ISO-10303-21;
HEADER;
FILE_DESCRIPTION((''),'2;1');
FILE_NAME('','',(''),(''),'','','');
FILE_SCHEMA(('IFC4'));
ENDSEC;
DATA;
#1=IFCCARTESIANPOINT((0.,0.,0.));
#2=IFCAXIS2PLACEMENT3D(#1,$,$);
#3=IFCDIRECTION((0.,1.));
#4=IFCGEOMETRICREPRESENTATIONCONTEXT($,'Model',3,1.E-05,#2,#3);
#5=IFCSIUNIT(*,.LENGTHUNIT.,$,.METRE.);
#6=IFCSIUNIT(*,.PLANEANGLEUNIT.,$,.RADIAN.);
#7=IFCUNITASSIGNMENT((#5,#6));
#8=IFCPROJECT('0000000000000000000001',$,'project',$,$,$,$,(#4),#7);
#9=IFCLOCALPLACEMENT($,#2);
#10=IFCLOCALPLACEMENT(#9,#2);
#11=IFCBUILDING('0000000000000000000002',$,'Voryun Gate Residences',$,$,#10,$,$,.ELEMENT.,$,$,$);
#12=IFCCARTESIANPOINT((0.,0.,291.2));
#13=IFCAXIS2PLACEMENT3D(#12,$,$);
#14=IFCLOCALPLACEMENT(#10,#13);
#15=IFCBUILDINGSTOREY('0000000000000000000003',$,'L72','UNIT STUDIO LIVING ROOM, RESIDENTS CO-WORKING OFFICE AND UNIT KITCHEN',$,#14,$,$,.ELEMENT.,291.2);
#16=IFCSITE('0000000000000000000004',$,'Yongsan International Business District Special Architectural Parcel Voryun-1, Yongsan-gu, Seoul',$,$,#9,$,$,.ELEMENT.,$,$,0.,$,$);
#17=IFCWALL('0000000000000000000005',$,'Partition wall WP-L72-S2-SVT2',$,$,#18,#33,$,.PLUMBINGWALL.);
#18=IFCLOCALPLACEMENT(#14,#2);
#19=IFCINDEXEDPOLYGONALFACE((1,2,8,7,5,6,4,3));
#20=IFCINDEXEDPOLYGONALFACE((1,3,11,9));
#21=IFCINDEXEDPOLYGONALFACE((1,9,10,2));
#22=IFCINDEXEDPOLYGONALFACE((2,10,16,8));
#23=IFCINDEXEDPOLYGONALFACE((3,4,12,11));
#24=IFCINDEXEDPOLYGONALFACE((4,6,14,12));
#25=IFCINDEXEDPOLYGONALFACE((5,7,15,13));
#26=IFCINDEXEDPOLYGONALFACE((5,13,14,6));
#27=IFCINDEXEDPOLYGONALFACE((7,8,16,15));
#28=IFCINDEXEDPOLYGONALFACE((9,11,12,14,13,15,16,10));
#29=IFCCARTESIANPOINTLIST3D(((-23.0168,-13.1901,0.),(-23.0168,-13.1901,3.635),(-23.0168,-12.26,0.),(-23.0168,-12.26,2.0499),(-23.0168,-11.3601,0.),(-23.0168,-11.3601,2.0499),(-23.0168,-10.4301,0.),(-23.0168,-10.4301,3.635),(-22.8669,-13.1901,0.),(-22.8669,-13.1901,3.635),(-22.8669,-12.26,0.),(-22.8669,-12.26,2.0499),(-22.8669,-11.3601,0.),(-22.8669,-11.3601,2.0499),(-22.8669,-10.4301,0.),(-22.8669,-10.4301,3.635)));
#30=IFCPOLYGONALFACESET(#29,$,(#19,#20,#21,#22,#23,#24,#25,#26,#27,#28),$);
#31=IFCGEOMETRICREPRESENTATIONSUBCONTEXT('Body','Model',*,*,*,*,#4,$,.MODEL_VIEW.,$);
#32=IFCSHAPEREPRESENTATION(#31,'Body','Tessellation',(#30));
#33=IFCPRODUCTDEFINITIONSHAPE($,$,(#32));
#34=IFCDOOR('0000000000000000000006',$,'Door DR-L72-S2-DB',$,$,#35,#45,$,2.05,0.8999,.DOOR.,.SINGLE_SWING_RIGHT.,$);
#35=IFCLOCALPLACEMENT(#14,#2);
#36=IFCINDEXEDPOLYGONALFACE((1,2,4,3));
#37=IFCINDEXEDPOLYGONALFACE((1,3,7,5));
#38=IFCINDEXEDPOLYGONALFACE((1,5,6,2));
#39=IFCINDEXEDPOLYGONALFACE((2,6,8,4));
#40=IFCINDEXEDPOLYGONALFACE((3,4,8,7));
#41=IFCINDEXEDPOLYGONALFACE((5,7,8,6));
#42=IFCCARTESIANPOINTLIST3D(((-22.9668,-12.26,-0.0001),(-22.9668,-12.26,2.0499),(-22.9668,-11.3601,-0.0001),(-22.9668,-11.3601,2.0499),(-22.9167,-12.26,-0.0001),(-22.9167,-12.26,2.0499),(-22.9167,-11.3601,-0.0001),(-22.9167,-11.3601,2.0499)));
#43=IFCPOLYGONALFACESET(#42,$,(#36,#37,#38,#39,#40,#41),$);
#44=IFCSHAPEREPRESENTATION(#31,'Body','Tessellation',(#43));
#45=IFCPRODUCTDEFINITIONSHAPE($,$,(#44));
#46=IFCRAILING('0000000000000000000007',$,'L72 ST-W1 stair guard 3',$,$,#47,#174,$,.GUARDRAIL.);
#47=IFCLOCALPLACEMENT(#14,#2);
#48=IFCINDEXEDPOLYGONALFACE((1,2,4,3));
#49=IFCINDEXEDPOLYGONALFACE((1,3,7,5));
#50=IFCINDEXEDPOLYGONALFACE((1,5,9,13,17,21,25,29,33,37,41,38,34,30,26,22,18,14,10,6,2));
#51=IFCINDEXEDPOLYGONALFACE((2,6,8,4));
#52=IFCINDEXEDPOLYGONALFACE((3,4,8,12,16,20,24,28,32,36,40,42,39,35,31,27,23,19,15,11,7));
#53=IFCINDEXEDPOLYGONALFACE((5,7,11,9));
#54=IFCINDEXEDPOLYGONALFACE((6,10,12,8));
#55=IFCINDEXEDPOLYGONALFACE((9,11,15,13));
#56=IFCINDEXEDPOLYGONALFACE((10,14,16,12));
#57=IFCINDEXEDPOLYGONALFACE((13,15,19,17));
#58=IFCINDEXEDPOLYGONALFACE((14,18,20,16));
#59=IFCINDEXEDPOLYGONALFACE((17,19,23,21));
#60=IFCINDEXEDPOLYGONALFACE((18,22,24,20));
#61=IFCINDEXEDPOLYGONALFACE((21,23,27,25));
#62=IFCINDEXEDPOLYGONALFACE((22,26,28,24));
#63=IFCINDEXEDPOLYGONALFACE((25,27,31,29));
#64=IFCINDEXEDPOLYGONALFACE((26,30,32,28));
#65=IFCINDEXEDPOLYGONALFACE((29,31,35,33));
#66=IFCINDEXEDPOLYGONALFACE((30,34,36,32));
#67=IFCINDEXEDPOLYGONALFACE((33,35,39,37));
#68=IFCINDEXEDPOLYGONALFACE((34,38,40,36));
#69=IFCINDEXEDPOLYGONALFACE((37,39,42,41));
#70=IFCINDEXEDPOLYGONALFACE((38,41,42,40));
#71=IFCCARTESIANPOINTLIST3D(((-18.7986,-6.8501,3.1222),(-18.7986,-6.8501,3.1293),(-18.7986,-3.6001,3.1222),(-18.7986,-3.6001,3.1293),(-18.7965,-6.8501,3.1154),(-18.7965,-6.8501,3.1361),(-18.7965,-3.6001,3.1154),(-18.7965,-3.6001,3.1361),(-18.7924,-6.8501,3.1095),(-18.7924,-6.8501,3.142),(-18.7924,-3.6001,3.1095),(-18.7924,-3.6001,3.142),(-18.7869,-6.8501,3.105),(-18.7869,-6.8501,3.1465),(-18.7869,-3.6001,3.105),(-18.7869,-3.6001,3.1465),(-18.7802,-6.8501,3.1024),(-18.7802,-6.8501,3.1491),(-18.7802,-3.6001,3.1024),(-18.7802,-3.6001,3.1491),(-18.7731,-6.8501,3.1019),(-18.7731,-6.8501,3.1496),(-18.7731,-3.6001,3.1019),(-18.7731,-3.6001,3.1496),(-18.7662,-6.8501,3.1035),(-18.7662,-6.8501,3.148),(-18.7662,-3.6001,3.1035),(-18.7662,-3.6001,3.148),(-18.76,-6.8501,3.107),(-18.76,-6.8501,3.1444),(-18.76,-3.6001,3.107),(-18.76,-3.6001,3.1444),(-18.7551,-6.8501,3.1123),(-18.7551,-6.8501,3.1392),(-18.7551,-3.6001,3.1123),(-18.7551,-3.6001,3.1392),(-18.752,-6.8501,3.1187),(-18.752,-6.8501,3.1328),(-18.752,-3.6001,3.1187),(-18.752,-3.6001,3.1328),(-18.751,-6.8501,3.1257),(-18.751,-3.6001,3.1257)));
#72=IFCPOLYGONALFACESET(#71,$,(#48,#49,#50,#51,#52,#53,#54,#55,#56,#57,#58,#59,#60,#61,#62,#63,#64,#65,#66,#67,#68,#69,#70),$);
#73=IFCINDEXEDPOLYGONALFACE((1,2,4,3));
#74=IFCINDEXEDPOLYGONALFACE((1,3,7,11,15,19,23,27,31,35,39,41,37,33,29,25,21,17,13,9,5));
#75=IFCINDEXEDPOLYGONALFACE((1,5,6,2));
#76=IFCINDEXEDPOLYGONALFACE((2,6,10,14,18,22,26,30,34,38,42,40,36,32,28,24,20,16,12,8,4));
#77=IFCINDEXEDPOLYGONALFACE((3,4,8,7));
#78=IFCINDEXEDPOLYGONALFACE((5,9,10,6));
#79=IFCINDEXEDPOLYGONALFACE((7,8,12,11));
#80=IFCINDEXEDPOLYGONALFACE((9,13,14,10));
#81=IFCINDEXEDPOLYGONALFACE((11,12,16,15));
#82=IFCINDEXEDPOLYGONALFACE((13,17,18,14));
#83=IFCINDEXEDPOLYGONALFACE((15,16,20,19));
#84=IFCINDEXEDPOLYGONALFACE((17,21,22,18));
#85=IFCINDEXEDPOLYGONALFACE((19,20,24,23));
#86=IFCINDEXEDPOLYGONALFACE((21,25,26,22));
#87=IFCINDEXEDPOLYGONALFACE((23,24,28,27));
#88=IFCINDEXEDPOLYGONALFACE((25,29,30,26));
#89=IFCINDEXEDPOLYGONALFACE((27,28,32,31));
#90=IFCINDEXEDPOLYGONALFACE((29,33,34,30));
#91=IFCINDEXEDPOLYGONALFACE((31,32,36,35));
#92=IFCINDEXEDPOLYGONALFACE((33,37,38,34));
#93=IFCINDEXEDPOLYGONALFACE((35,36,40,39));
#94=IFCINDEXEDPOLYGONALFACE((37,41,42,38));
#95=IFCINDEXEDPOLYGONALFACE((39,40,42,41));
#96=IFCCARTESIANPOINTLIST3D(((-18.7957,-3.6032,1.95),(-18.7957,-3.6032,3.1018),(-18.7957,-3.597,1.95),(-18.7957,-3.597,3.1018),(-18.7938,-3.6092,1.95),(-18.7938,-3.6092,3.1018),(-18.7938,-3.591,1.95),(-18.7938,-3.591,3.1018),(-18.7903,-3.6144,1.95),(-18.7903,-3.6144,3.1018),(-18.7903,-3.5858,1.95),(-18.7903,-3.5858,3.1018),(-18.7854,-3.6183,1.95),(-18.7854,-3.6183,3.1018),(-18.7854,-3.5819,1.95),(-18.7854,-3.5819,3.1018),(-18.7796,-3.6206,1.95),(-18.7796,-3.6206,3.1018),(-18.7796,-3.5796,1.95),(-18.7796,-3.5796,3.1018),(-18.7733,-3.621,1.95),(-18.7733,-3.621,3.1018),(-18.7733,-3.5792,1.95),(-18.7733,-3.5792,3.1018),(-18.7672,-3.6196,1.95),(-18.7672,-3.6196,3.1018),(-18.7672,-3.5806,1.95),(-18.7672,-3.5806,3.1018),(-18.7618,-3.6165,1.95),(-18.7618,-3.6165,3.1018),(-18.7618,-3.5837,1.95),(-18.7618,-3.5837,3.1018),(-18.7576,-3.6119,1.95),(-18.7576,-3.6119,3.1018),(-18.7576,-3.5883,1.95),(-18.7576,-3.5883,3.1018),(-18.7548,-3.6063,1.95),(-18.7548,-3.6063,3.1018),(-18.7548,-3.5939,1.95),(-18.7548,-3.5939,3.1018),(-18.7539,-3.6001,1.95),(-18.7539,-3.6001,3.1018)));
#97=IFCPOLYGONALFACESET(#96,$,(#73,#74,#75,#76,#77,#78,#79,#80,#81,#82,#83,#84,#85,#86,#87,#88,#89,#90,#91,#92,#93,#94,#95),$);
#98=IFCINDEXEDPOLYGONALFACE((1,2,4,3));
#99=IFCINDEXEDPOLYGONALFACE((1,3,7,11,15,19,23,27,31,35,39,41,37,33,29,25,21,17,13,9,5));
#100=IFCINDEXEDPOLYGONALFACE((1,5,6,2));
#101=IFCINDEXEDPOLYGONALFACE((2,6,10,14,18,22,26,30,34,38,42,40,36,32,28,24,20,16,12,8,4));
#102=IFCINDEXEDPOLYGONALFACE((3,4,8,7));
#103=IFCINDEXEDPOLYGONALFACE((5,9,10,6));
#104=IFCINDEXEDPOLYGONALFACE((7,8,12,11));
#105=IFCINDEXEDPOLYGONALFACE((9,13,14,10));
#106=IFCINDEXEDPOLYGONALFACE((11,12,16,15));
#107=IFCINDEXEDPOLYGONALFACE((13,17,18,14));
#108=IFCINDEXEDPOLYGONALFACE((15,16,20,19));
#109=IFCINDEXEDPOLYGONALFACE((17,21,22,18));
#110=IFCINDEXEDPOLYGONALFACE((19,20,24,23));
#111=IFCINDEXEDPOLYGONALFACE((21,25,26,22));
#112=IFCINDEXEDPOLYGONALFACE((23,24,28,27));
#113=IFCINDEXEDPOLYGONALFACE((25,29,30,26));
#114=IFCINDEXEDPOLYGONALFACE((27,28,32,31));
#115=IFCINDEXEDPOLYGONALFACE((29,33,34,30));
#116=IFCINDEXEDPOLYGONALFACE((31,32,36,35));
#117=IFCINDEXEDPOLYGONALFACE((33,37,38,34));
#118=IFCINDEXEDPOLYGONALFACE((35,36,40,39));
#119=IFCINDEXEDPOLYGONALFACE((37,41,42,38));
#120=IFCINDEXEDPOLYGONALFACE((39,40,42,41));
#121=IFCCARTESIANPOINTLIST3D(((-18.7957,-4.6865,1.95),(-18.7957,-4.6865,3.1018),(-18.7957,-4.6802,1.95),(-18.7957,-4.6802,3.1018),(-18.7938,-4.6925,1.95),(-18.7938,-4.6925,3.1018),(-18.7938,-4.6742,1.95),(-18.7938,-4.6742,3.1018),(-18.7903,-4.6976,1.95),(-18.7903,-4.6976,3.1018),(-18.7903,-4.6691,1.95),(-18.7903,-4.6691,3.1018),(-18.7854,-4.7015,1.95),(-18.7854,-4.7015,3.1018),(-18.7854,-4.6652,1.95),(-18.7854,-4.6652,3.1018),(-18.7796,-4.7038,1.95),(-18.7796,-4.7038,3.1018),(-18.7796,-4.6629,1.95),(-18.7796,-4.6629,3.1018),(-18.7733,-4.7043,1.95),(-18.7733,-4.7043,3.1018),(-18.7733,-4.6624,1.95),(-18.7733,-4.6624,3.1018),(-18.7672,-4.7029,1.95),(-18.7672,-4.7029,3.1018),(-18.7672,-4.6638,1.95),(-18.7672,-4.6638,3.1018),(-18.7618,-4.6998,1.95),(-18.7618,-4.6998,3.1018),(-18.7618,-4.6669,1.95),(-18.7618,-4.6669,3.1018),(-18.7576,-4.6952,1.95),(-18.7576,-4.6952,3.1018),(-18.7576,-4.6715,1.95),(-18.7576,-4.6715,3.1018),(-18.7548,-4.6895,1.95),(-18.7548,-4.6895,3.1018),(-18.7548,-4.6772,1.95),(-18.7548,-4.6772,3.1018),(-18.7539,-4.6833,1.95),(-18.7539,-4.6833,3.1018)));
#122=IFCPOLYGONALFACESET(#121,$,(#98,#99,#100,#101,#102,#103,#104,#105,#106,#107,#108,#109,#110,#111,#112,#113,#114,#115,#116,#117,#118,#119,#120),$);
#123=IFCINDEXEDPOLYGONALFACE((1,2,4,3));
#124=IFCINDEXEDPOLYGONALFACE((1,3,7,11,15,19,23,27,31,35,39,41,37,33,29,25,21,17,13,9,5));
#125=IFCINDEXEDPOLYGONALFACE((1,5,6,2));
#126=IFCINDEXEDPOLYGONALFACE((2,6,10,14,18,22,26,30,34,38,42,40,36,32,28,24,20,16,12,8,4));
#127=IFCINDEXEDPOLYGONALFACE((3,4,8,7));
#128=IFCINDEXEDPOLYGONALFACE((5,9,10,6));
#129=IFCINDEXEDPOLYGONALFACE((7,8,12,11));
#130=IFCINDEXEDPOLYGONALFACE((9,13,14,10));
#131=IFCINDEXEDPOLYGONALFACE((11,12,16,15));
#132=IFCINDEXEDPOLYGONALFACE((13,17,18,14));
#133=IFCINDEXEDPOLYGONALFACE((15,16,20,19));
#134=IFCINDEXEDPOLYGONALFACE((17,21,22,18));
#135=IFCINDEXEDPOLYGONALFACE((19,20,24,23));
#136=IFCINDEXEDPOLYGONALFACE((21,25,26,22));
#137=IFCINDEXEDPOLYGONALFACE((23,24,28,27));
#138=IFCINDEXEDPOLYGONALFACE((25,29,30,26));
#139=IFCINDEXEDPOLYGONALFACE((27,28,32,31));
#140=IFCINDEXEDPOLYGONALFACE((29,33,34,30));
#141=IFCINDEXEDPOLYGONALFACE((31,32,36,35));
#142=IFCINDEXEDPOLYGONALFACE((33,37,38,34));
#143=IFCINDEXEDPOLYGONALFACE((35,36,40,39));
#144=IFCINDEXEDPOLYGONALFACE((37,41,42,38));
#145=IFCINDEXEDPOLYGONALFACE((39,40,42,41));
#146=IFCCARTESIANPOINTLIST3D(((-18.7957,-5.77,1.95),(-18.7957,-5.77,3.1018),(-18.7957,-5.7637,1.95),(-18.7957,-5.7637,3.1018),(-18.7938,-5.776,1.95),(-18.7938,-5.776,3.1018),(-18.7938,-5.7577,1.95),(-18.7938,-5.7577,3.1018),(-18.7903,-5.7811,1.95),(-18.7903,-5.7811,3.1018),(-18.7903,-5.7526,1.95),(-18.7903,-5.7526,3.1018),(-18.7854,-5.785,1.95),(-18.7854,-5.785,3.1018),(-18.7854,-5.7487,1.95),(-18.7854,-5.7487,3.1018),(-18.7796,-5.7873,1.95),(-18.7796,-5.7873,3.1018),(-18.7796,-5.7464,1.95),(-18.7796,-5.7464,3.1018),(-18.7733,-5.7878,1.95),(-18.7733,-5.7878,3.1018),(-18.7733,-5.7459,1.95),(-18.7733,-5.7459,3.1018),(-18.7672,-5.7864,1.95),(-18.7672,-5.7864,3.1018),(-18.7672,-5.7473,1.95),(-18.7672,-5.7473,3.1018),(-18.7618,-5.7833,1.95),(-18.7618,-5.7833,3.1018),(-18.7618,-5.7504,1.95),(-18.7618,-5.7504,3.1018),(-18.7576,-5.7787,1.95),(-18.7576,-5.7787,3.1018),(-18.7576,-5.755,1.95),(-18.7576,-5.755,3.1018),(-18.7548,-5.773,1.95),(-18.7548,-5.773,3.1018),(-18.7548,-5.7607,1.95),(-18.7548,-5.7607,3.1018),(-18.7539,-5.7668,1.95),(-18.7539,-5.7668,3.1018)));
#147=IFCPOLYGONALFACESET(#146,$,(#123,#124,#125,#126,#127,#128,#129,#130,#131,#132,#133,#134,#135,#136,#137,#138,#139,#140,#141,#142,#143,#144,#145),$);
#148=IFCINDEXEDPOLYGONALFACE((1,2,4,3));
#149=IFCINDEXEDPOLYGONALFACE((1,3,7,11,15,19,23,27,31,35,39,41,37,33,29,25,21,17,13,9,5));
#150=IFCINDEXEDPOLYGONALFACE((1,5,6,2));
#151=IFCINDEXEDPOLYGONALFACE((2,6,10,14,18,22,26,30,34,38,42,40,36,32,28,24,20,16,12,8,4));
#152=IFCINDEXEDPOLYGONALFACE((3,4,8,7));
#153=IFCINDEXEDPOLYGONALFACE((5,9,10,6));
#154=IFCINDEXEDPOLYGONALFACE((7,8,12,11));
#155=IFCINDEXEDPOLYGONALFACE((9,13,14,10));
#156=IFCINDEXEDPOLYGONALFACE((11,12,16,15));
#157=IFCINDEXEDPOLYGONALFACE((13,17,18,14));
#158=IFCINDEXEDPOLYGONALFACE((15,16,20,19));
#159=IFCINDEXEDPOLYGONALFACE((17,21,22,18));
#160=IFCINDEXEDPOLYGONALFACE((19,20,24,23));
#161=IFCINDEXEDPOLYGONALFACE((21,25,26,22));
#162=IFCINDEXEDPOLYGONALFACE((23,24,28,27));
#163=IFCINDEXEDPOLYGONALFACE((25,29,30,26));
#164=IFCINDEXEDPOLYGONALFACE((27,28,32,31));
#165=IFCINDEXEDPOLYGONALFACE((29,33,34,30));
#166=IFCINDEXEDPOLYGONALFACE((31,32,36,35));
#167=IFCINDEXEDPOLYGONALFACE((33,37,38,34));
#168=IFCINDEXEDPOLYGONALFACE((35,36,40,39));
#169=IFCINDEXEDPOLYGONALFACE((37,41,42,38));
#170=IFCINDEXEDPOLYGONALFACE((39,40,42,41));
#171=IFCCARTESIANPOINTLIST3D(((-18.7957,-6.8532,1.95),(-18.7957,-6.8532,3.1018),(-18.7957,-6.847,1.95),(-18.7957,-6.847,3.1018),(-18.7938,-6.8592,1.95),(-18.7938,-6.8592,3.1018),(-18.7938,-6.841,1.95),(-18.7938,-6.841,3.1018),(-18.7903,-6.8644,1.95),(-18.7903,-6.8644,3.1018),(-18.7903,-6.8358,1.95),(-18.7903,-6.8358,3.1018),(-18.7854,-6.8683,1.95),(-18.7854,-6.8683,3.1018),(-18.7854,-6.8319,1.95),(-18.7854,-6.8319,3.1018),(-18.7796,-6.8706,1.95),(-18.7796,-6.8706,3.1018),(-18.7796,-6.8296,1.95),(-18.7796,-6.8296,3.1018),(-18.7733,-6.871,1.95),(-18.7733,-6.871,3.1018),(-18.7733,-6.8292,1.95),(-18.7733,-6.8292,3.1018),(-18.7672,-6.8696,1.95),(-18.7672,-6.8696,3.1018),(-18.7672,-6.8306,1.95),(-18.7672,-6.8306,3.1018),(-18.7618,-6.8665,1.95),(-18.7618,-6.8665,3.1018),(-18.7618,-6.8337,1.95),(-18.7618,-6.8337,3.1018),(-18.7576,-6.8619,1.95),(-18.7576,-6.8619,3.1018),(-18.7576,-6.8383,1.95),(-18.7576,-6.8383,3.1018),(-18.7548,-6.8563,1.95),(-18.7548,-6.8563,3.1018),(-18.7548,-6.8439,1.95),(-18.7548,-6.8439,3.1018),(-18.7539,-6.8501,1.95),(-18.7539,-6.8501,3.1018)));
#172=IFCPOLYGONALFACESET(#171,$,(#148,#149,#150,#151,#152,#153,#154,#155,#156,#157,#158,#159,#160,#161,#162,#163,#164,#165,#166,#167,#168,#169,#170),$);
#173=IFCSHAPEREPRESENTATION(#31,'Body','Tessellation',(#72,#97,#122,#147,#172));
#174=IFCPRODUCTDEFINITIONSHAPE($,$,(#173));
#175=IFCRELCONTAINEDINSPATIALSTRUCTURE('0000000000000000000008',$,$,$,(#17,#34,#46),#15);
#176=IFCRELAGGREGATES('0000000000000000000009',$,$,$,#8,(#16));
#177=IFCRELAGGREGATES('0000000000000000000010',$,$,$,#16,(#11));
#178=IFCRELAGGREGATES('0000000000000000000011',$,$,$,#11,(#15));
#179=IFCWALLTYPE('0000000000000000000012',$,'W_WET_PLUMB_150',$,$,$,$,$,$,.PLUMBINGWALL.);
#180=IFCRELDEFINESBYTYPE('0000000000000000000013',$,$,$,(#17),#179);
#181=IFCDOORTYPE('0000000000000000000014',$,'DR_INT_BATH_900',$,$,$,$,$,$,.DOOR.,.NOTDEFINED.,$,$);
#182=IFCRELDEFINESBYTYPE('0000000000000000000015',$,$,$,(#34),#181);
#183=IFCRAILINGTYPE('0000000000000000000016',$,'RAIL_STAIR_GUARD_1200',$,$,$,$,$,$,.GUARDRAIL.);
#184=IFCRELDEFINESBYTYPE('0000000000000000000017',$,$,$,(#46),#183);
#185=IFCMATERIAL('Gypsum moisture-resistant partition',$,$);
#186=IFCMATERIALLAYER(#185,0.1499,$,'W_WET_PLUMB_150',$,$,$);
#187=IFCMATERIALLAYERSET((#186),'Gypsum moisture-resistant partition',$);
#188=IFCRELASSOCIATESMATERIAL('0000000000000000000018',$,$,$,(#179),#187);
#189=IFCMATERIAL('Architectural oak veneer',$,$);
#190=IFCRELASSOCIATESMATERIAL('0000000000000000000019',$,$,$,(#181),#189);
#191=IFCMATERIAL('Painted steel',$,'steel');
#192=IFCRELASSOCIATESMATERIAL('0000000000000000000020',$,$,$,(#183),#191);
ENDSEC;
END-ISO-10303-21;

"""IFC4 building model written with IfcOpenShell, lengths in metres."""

from ifc_helpers import new_model, si_unit, direction, frame, frame_2d, origin, origin_2d, place, context, subcontext, project, spatial, rectangle, circle, extrude, material, layer, layer_set, type_object, element, fill, save


model = new_model("IFC4")

# Units and contexts
model_context = context("Model", 3, precision=1e-05, world=origin(), true_north=direction((0.0, 1.0)))
body_context = subcontext(model_context, "Body", "Model", "MODEL_VIEW")
ifc_project = project(units=[si_unit("LENGTHUNIT", "METRE"), si_unit("PLANEANGLEUNIT", "RADIAN")], contexts=[model_context])

# Site, building, storey
site_placement = place(None, origin())
site = spatial("IfcSite", under=ifc_project, at=site_placement, Name="Yongsan International Business District Special Architectural Parcel Voryun-1, Yongsan-gu, Seoul", CompositionType="ELEMENT", RefElevation=0.0)
building_placement = place(site_placement, origin())
building = spatial("IfcBuilding", under=site, at=building_placement, Name="Voryun Gate Residences", CompositionType="ELEMENT")
storey_placement = place(building_placement, frame((0.0, 0.0, 291.2)))
storey = spatial("IfcBuildingStorey", under=building, at=storey_placement, Name="L72", Description="UNIT STUDIO LIVING ROOM, RESIDENTS CO-WORKING OFFICE AND UNIT KITCHEN", CompositionType="ELEMENT", Elevation=291.2)

# Shared definitions
ifc_material_1 = material(Name="Gypsum moisture-resistant partition")
ifc_layer_1 = layer(ifc_material_1, 0.1499, Name="W_WET_PLUMB_150")
ifc_layer_set_1 = layer_set([ifc_layer_1], Name="Gypsum moisture-resistant partition")
wall_type_1 = type_object("IfcWallType", Name="W_WET_PLUMB_150", PredefinedType="PLUMBINGWALL", material=ifc_layer_set_1)
ifc_material_2 = material(Name="Architectural oak veneer")
door_type = type_object("IfcDoorType", Name="DR_INT_BATH_900", OperationType="NOTDEFINED", PredefinedType="DOOR", material=ifc_material_2)

# Wall, opening, door
wall_1_placement = place(storey_placement, frame((-22.9419, -13.1899, 0.0), z_axis=(0.0, 0.0, 1.0), x_axis=(0.0, 1.0, 0.0)))
wall_1 = element("IfcWall", 1, at=wall_1_placement, inside=storey, type_object=wall_type_1, Name="Partition wall WP-L72-S2-SVT2", PredefinedType="PLUMBINGWALL", context=body_context, shape_type="SweptSolid", body=[
    extrude(rectangle(XDim=2.76, YDim=0.1499, at=frame_2d((1.3799, 0.0))), origin(), (0.0, 0.0, 1.0), 3.635),
])
opening_1_placement = place(wall_1_placement, frame((0.9299, 0.0, 0.0)))
opening_1 = element("IfcOpeningElement", 2, at=opening_1_placement, cuts=wall_1, PredefinedType="OPENING", context=body_context, shape_type="SweptSolid", body=[
    extrude(rectangle(XDim=0.8999, YDim=2.05, at=frame_2d((0.45, 1.0249))), frame((0.0, 0.085, 0.0), z_axis=(0.0, -1.0, 0.0), x_axis=(1.0, 0.0, 0.0)), (0.0, 0.0, 1.0), 0.1699),
])
door_1_placement = place(opening_1_placement, origin())
door_1 = element("IfcDoor", 3, at=door_1_placement, inside=storey, type_object=door_type, Name="Door DR-L72-S2-DB", OperationType="SINGLE_SWING_RIGHT", OverallHeight=2.05, OverallWidth=0.8999, PredefinedType="DOOR", context=body_context, shape_type="SweptSolid", body=[
    extrude(rectangle(XDim=0.8999, YDim=2.05, at=frame_2d((0.45, 1.0249))), frame((0.0, 0.0249, 0.0), z_axis=(0.0, -1.0, 0.0), x_axis=(1.0, 0.0, 0.0)), (0.0, 0.0, 1.0), 0.05),
])
fill(opening_1, door_1)

# Railing
ifc_material_3 = material(Name="Painted steel", Category="steel")
railing_type = type_object("IfcRailingType", Name="RAIL_STAIR_GUARD_1200", PredefinedType="GUARDRAIL", material=ifc_material_3)
railing_1_placement = place(storey_placement, frame((-18.7749, -3.6001, 1.95)))
element("IfcRailing", 4, at=railing_1_placement, inside=storey, type_object=railing_type, Name="L72 ST-W1 stair guard 3", PredefinedType="GUARDRAIL", context=body_context, shape_type="SweptSolid", body=[
    extrude(circle(Radius=0.0239, at=origin_2d()), frame((0.0, 0.0, 1.1758), z_axis=(0.0, -1.0, 0.0), x_axis=(1.0, 0.0, 0.0)), (0.0, 0.0, 1.0), 3.25),
    extrude(circle(Radius=0.021, at=origin_2d()), origin(), (0.0, 0.0, 1.0), 1.1519),
    extrude(circle(Radius=0.021, at=origin_2d()), frame((0.0, -1.0833, 0.0)), (0.0, 0.0, 1.0), 1.1519),
    extrude(circle(Radius=0.021, at=origin_2d()), frame((0.0, -2.1667, 0.0)), (0.0, 0.0, 1.0), 1.1519),
    extrude(circle(Radius=0.021, at=origin_2d()), frame((0.0, -3.25, 0.0)), (0.0, 0.0, 1.0), 1.1519),
])

save(model, "model.ifc")
